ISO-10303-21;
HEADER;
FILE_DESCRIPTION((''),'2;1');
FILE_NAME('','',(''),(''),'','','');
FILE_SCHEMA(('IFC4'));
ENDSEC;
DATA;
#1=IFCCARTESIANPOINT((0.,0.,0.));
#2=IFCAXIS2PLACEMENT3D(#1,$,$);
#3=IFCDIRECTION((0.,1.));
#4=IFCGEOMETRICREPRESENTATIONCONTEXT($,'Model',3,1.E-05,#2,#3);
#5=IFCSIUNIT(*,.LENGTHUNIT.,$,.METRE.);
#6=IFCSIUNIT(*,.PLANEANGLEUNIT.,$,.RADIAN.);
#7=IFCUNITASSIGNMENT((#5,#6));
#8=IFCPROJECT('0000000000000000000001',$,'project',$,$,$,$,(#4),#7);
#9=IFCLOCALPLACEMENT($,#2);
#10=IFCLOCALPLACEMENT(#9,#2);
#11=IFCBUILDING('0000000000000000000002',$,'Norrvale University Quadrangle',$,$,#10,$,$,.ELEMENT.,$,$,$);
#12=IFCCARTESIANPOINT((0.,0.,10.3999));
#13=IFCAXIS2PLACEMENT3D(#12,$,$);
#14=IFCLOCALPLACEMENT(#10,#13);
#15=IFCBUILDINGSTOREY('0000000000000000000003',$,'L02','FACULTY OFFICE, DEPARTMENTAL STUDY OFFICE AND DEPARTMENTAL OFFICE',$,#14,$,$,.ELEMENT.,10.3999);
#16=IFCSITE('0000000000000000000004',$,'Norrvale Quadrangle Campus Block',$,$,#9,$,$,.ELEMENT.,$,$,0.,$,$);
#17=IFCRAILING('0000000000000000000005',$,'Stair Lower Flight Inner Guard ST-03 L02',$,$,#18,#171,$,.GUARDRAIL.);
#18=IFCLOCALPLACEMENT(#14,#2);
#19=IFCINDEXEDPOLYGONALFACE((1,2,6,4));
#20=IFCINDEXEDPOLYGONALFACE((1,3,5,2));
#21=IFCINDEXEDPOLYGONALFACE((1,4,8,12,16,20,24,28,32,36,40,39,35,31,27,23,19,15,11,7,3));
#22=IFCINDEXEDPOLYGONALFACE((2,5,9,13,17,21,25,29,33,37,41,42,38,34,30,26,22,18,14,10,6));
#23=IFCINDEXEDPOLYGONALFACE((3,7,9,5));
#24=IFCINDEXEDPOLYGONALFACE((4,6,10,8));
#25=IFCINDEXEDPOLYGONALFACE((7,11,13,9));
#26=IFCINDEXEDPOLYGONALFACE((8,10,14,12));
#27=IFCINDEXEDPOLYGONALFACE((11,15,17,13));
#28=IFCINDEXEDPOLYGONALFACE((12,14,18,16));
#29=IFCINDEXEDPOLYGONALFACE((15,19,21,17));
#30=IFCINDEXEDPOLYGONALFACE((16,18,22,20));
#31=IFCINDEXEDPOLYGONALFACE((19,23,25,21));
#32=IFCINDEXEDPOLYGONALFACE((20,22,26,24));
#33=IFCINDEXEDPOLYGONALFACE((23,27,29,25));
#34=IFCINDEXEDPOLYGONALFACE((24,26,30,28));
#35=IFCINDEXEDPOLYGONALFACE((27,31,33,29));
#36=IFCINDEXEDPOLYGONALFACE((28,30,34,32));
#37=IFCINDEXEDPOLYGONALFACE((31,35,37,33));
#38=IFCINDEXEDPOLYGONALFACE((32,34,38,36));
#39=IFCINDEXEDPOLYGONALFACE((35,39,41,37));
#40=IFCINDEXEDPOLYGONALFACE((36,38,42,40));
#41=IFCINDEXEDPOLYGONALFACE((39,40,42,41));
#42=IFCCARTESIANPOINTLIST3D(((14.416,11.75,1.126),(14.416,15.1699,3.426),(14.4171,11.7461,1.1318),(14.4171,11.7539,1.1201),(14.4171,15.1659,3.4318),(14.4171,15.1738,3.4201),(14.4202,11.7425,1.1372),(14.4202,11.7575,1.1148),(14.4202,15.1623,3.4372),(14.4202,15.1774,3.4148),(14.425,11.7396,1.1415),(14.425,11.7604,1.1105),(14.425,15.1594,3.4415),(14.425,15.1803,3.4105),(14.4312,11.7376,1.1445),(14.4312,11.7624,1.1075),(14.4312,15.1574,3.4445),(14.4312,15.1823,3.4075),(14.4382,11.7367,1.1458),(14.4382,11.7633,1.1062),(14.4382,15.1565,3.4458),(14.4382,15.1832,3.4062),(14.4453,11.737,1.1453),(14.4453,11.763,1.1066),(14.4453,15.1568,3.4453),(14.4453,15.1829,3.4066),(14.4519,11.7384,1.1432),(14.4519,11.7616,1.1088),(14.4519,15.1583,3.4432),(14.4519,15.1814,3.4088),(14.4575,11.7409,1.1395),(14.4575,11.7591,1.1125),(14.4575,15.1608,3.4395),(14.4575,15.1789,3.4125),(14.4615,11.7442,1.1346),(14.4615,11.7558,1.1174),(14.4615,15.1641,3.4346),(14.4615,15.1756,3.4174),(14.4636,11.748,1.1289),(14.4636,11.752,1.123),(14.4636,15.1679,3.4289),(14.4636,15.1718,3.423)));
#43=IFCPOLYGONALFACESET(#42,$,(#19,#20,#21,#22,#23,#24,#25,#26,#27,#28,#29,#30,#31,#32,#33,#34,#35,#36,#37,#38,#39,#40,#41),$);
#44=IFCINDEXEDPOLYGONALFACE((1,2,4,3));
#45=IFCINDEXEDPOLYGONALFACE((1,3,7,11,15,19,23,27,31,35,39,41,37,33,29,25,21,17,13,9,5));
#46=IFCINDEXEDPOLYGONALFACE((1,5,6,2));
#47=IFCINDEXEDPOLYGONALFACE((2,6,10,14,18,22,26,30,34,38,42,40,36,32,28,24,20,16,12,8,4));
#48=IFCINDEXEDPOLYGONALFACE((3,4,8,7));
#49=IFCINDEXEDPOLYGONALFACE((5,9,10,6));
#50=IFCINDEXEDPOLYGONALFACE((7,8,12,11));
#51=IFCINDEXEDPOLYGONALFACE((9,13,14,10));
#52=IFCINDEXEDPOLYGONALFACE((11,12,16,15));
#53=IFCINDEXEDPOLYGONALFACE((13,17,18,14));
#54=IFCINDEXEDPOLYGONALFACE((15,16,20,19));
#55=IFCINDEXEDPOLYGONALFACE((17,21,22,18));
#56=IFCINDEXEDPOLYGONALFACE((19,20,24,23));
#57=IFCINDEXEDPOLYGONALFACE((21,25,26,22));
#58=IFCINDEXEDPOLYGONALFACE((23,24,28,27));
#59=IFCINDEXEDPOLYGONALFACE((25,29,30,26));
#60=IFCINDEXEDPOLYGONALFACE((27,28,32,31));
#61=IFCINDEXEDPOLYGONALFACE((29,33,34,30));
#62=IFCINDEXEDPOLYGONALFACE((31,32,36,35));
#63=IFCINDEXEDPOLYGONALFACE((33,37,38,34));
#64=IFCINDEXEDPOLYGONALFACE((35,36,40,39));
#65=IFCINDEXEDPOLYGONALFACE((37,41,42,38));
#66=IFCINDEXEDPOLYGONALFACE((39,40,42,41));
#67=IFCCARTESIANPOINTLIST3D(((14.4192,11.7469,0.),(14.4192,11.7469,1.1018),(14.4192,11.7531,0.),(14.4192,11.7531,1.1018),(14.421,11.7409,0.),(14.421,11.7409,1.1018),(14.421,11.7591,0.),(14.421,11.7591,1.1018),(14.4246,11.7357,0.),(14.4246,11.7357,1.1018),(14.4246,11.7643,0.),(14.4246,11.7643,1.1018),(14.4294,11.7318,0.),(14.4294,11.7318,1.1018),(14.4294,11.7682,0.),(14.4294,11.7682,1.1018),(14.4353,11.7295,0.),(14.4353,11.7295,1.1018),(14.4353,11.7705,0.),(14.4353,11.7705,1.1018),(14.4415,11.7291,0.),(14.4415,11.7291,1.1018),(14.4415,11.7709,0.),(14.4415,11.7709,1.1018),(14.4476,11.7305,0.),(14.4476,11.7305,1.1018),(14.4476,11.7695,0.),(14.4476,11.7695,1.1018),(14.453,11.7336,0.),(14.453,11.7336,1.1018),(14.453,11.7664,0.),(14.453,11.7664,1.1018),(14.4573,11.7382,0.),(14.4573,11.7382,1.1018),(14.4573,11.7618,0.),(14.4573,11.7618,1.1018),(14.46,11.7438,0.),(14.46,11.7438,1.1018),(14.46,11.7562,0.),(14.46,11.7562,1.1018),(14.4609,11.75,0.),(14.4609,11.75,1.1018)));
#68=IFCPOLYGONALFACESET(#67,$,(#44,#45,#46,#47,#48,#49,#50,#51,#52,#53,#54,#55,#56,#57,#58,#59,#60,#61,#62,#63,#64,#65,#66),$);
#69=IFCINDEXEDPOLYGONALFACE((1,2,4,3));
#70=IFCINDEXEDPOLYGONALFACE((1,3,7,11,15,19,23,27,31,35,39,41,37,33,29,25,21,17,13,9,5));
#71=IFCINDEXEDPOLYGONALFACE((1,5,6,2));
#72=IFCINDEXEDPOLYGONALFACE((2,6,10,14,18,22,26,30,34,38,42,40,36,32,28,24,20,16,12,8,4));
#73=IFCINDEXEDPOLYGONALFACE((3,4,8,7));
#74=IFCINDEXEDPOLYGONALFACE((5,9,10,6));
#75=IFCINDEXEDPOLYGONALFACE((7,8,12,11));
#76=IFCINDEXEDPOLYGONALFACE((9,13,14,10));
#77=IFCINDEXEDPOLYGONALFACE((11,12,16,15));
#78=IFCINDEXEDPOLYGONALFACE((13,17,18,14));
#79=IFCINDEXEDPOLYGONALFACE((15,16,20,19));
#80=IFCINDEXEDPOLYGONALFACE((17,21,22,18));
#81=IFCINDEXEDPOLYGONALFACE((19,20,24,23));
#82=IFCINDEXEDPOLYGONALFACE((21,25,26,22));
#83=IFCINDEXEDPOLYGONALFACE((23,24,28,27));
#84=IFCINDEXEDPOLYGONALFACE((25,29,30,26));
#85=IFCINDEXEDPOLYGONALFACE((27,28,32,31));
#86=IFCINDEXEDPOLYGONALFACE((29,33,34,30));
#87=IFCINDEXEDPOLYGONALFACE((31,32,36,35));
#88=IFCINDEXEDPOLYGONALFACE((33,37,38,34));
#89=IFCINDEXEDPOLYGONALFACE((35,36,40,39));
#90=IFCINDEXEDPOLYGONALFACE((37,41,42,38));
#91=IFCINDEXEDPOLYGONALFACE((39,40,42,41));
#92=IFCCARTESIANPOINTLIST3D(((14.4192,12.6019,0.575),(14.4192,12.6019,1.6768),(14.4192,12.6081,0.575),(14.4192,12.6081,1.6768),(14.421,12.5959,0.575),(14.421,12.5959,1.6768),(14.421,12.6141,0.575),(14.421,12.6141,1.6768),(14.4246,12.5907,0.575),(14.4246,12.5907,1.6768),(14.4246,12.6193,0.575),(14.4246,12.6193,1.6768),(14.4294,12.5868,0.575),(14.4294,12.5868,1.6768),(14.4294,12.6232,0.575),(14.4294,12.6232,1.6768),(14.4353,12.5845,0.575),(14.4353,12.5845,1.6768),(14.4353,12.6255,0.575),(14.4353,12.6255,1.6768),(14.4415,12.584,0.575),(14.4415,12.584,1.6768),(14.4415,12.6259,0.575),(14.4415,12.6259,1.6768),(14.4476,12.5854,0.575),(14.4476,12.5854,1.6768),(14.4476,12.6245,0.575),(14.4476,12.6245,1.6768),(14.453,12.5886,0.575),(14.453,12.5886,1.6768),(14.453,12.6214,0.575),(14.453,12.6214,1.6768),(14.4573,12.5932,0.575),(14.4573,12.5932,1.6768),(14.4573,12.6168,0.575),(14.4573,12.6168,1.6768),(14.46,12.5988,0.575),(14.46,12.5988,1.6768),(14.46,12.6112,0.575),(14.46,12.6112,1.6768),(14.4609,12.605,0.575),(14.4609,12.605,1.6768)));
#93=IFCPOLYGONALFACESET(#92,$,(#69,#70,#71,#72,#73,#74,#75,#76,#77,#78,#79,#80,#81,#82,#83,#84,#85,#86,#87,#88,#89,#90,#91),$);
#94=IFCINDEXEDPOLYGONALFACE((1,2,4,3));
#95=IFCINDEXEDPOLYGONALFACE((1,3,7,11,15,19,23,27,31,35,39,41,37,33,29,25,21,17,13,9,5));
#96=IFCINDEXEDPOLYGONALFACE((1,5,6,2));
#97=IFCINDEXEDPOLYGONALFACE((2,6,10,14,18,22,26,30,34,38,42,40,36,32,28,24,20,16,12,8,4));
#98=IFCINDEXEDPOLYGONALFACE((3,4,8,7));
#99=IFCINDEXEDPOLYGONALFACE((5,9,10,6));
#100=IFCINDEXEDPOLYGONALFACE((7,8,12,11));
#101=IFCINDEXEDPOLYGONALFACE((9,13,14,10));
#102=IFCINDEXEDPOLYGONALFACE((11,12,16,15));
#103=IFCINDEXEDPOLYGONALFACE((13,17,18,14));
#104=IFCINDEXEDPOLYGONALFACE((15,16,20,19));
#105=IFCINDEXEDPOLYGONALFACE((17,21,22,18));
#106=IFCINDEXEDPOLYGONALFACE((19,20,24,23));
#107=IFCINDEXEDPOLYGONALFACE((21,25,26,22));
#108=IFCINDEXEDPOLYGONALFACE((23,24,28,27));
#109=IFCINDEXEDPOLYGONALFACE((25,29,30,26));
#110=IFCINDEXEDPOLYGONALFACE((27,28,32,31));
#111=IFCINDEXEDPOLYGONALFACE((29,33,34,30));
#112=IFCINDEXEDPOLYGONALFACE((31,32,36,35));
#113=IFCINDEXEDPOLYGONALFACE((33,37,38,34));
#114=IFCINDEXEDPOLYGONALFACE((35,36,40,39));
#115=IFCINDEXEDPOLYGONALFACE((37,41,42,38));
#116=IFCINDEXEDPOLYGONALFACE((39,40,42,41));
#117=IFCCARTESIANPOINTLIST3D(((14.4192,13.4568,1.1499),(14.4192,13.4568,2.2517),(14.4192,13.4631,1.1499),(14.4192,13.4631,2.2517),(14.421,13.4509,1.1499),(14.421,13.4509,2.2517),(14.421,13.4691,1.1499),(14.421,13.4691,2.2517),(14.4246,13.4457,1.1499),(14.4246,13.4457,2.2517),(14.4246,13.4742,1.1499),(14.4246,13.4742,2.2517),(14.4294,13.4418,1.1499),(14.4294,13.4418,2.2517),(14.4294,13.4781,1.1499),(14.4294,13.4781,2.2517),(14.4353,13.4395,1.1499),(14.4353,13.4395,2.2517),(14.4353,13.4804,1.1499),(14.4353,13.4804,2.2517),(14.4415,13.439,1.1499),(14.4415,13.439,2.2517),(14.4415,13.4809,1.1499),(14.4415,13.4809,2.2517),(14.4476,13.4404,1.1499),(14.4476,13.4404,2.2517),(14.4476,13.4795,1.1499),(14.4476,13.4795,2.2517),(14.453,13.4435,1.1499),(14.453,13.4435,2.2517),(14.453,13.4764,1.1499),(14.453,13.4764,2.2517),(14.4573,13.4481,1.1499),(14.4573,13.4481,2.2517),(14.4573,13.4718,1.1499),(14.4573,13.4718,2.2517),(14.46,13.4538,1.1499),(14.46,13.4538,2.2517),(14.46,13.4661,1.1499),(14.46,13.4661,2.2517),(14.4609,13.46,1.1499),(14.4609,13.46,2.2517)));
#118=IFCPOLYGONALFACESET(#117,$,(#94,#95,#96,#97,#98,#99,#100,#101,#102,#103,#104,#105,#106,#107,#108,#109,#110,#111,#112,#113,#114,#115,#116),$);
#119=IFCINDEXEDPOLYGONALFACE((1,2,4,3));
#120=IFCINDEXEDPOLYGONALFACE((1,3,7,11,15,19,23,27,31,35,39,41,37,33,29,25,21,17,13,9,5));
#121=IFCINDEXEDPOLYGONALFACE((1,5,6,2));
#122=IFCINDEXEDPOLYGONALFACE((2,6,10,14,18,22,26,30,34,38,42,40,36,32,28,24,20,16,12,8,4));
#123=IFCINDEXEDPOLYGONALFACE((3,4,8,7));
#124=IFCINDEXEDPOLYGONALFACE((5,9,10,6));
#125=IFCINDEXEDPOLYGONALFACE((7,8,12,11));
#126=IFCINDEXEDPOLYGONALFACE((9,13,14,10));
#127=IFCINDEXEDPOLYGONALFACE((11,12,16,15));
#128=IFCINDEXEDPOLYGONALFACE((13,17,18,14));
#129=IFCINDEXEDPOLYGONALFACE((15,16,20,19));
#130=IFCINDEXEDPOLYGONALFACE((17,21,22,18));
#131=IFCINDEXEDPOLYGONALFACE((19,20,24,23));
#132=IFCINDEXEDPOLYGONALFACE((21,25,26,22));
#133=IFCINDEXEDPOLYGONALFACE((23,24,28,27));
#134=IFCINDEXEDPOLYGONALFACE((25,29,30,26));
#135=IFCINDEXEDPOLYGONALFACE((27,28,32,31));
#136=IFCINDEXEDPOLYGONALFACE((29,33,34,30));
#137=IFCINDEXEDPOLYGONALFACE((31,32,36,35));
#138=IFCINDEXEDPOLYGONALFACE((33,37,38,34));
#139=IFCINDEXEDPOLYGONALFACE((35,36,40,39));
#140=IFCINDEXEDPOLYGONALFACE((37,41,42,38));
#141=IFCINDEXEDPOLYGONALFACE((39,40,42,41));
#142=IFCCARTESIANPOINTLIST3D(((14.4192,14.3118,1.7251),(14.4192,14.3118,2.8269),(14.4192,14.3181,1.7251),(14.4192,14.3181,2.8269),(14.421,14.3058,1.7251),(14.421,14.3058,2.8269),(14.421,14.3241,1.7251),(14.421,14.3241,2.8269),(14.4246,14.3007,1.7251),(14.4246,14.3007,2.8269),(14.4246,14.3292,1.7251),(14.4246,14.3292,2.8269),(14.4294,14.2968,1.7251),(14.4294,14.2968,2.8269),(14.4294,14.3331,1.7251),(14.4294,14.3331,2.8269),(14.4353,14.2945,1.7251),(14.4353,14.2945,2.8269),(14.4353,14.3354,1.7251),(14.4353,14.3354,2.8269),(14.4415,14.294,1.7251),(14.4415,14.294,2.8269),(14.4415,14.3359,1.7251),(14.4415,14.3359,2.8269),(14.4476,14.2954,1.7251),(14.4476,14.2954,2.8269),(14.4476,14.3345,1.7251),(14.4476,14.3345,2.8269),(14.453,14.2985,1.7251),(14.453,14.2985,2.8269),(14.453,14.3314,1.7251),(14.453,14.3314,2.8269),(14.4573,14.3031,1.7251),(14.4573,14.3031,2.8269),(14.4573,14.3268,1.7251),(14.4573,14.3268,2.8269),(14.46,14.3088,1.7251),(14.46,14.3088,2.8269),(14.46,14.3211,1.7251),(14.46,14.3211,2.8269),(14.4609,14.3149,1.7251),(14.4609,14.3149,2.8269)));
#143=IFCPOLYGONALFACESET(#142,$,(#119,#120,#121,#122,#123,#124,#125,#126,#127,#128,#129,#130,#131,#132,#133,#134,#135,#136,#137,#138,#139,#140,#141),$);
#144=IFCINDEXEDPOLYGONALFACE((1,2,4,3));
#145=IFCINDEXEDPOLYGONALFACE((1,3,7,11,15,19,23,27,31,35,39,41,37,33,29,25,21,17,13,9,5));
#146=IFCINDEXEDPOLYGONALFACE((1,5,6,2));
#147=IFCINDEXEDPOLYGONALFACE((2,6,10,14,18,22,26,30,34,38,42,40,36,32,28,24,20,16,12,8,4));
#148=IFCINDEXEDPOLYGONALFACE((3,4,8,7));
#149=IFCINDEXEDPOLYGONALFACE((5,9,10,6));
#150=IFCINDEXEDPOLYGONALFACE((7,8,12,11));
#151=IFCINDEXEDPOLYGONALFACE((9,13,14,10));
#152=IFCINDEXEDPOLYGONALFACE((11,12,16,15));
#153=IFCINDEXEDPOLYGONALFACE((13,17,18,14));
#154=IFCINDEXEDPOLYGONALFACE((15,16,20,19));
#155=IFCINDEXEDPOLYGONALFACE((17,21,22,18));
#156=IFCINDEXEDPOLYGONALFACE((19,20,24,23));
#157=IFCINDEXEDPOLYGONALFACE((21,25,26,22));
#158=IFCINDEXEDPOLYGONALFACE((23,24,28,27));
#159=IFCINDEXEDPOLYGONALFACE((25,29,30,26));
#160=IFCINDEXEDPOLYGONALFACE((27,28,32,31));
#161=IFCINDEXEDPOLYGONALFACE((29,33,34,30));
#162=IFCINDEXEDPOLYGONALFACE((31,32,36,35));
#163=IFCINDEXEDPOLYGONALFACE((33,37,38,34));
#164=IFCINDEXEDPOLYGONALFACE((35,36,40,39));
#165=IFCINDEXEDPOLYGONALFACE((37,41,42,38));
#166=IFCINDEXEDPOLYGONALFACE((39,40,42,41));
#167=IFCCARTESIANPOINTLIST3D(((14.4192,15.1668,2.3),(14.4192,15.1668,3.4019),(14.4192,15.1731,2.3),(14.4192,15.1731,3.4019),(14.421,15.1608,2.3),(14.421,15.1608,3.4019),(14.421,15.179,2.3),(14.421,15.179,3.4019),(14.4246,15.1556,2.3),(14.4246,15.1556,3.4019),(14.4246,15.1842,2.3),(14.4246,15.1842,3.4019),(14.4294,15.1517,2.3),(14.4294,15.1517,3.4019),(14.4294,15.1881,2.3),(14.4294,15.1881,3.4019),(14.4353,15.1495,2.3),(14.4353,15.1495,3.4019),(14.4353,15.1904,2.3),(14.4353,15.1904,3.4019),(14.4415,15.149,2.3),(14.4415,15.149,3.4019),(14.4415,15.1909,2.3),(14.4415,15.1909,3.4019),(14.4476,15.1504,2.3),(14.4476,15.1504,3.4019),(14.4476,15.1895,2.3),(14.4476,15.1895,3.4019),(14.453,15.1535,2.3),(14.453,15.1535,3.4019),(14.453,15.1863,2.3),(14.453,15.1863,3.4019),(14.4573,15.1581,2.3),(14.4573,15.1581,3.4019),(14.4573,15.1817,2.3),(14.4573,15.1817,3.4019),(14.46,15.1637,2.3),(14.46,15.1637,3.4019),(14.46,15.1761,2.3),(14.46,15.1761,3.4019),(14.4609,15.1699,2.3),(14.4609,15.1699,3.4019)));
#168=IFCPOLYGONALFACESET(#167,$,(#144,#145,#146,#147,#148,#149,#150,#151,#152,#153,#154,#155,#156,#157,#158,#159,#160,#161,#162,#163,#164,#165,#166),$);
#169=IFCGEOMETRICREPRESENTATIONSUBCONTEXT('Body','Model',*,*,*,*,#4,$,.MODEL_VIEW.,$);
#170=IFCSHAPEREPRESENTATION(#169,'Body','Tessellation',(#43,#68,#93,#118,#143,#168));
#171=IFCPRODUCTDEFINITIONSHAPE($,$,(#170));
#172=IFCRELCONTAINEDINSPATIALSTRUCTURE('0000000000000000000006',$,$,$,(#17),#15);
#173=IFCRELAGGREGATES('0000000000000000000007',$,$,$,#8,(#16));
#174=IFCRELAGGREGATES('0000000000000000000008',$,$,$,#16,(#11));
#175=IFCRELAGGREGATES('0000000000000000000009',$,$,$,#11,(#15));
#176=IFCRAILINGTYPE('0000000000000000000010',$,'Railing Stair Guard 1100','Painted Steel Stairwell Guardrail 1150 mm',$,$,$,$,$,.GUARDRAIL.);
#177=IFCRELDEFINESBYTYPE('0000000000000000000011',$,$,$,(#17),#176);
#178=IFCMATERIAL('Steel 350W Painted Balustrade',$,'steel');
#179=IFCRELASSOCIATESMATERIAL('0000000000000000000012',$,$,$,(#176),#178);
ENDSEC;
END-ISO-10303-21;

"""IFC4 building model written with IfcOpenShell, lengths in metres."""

from ifc_helpers import new_model, si_unit, direction, frame, origin, origin_2d, place, context, subcontext, project, spatial, circle, extrude, material, type_object, element, save


model = new_model("IFC4")

# Units and contexts
model_context = context("Model", 3, precision=1e-05, world=origin(), true_north=direction((0.0, 1.0)))
body_context = subcontext(model_context, "Body", "Model", "MODEL_VIEW")
ifc_project = project(units=[si_unit("LENGTHUNIT", "METRE"), si_unit("PLANEANGLEUNIT", "RADIAN")], contexts=[model_context])

# Site, building, storey
site_placement = place(None, origin())
site = spatial("IfcSite", under=ifc_project, at=site_placement, Name="Norrvale Quadrangle Campus Block", CompositionType="ELEMENT", RefElevation=0.0)
building_placement = place(site_placement, origin())
building = spatial("IfcBuilding", under=site, at=building_placement, Name="Norrvale University Quadrangle", CompositionType="ELEMENT")
storey_placement = place(building_placement, frame((0.0, 0.0, 10.3999)))
storey = spatial("IfcBuildingStorey", under=building, at=storey_placement, Name="L02", Description="FACULTY OFFICE, DEPARTMENTAL STUDY OFFICE AND DEPARTMENTAL OFFICE", CompositionType="ELEMENT", Elevation=10.3999)

# Railing
ifc_material_1 = material(Name="Steel 350W Painted Balustrade", Category="steel")
railing_type = type_object("IfcRailingType", Name="Railing Stair Guard 1100", Description="Painted Steel Stairwell Guardrail 1150 mm", PredefinedType="GUARDRAIL", material=ifc_material_1)
railing_1_placement = place(storey_placement, frame((14.4399, 11.75, 0.0)))
element("IfcRailing", 1, at=railing_1_placement, inside=storey, type_object=railing_type, Name="Stair Lower Flight Inner Guard ST-03 L02", PredefinedType="GUARDRAIL", context=body_context, shape_type="SweptSolid", body=[
    extrude(circle(Radius=0.0239, at=origin_2d()), frame((0.0, 0.0, 1.126), z_axis=(0.0, 0.829792, 0.558072), x_axis=(-1.0, 0.0, 0.0)), (0.0, 0.0, 1.0), 4.1213),
    extrude(circle(Radius=0.021, at=origin_2d()), origin(), (0.0, 0.0, 1.0), 1.1018),
    extrude(circle(Radius=0.021, at=origin_2d()), frame((0.0, 0.855, 0.575)), (0.0, 0.0, 1.0), 1.1018),
    extrude(circle(Radius=0.021, at=origin_2d()), frame((0.0, 1.71, 1.1499)), (0.0, 0.0, 1.0), 1.1018),
    extrude(circle(Radius=0.021, at=origin_2d()), frame((0.0, 2.5649, 1.7251)), (0.0, 0.0, 1.0), 1.1018),
    extrude(circle(Radius=0.021, at=origin_2d()), frame((0.0, 3.4199, 2.3)), (0.0, 0.0, 1.0), 1.1018),
])

save(model, "model.ifc")
